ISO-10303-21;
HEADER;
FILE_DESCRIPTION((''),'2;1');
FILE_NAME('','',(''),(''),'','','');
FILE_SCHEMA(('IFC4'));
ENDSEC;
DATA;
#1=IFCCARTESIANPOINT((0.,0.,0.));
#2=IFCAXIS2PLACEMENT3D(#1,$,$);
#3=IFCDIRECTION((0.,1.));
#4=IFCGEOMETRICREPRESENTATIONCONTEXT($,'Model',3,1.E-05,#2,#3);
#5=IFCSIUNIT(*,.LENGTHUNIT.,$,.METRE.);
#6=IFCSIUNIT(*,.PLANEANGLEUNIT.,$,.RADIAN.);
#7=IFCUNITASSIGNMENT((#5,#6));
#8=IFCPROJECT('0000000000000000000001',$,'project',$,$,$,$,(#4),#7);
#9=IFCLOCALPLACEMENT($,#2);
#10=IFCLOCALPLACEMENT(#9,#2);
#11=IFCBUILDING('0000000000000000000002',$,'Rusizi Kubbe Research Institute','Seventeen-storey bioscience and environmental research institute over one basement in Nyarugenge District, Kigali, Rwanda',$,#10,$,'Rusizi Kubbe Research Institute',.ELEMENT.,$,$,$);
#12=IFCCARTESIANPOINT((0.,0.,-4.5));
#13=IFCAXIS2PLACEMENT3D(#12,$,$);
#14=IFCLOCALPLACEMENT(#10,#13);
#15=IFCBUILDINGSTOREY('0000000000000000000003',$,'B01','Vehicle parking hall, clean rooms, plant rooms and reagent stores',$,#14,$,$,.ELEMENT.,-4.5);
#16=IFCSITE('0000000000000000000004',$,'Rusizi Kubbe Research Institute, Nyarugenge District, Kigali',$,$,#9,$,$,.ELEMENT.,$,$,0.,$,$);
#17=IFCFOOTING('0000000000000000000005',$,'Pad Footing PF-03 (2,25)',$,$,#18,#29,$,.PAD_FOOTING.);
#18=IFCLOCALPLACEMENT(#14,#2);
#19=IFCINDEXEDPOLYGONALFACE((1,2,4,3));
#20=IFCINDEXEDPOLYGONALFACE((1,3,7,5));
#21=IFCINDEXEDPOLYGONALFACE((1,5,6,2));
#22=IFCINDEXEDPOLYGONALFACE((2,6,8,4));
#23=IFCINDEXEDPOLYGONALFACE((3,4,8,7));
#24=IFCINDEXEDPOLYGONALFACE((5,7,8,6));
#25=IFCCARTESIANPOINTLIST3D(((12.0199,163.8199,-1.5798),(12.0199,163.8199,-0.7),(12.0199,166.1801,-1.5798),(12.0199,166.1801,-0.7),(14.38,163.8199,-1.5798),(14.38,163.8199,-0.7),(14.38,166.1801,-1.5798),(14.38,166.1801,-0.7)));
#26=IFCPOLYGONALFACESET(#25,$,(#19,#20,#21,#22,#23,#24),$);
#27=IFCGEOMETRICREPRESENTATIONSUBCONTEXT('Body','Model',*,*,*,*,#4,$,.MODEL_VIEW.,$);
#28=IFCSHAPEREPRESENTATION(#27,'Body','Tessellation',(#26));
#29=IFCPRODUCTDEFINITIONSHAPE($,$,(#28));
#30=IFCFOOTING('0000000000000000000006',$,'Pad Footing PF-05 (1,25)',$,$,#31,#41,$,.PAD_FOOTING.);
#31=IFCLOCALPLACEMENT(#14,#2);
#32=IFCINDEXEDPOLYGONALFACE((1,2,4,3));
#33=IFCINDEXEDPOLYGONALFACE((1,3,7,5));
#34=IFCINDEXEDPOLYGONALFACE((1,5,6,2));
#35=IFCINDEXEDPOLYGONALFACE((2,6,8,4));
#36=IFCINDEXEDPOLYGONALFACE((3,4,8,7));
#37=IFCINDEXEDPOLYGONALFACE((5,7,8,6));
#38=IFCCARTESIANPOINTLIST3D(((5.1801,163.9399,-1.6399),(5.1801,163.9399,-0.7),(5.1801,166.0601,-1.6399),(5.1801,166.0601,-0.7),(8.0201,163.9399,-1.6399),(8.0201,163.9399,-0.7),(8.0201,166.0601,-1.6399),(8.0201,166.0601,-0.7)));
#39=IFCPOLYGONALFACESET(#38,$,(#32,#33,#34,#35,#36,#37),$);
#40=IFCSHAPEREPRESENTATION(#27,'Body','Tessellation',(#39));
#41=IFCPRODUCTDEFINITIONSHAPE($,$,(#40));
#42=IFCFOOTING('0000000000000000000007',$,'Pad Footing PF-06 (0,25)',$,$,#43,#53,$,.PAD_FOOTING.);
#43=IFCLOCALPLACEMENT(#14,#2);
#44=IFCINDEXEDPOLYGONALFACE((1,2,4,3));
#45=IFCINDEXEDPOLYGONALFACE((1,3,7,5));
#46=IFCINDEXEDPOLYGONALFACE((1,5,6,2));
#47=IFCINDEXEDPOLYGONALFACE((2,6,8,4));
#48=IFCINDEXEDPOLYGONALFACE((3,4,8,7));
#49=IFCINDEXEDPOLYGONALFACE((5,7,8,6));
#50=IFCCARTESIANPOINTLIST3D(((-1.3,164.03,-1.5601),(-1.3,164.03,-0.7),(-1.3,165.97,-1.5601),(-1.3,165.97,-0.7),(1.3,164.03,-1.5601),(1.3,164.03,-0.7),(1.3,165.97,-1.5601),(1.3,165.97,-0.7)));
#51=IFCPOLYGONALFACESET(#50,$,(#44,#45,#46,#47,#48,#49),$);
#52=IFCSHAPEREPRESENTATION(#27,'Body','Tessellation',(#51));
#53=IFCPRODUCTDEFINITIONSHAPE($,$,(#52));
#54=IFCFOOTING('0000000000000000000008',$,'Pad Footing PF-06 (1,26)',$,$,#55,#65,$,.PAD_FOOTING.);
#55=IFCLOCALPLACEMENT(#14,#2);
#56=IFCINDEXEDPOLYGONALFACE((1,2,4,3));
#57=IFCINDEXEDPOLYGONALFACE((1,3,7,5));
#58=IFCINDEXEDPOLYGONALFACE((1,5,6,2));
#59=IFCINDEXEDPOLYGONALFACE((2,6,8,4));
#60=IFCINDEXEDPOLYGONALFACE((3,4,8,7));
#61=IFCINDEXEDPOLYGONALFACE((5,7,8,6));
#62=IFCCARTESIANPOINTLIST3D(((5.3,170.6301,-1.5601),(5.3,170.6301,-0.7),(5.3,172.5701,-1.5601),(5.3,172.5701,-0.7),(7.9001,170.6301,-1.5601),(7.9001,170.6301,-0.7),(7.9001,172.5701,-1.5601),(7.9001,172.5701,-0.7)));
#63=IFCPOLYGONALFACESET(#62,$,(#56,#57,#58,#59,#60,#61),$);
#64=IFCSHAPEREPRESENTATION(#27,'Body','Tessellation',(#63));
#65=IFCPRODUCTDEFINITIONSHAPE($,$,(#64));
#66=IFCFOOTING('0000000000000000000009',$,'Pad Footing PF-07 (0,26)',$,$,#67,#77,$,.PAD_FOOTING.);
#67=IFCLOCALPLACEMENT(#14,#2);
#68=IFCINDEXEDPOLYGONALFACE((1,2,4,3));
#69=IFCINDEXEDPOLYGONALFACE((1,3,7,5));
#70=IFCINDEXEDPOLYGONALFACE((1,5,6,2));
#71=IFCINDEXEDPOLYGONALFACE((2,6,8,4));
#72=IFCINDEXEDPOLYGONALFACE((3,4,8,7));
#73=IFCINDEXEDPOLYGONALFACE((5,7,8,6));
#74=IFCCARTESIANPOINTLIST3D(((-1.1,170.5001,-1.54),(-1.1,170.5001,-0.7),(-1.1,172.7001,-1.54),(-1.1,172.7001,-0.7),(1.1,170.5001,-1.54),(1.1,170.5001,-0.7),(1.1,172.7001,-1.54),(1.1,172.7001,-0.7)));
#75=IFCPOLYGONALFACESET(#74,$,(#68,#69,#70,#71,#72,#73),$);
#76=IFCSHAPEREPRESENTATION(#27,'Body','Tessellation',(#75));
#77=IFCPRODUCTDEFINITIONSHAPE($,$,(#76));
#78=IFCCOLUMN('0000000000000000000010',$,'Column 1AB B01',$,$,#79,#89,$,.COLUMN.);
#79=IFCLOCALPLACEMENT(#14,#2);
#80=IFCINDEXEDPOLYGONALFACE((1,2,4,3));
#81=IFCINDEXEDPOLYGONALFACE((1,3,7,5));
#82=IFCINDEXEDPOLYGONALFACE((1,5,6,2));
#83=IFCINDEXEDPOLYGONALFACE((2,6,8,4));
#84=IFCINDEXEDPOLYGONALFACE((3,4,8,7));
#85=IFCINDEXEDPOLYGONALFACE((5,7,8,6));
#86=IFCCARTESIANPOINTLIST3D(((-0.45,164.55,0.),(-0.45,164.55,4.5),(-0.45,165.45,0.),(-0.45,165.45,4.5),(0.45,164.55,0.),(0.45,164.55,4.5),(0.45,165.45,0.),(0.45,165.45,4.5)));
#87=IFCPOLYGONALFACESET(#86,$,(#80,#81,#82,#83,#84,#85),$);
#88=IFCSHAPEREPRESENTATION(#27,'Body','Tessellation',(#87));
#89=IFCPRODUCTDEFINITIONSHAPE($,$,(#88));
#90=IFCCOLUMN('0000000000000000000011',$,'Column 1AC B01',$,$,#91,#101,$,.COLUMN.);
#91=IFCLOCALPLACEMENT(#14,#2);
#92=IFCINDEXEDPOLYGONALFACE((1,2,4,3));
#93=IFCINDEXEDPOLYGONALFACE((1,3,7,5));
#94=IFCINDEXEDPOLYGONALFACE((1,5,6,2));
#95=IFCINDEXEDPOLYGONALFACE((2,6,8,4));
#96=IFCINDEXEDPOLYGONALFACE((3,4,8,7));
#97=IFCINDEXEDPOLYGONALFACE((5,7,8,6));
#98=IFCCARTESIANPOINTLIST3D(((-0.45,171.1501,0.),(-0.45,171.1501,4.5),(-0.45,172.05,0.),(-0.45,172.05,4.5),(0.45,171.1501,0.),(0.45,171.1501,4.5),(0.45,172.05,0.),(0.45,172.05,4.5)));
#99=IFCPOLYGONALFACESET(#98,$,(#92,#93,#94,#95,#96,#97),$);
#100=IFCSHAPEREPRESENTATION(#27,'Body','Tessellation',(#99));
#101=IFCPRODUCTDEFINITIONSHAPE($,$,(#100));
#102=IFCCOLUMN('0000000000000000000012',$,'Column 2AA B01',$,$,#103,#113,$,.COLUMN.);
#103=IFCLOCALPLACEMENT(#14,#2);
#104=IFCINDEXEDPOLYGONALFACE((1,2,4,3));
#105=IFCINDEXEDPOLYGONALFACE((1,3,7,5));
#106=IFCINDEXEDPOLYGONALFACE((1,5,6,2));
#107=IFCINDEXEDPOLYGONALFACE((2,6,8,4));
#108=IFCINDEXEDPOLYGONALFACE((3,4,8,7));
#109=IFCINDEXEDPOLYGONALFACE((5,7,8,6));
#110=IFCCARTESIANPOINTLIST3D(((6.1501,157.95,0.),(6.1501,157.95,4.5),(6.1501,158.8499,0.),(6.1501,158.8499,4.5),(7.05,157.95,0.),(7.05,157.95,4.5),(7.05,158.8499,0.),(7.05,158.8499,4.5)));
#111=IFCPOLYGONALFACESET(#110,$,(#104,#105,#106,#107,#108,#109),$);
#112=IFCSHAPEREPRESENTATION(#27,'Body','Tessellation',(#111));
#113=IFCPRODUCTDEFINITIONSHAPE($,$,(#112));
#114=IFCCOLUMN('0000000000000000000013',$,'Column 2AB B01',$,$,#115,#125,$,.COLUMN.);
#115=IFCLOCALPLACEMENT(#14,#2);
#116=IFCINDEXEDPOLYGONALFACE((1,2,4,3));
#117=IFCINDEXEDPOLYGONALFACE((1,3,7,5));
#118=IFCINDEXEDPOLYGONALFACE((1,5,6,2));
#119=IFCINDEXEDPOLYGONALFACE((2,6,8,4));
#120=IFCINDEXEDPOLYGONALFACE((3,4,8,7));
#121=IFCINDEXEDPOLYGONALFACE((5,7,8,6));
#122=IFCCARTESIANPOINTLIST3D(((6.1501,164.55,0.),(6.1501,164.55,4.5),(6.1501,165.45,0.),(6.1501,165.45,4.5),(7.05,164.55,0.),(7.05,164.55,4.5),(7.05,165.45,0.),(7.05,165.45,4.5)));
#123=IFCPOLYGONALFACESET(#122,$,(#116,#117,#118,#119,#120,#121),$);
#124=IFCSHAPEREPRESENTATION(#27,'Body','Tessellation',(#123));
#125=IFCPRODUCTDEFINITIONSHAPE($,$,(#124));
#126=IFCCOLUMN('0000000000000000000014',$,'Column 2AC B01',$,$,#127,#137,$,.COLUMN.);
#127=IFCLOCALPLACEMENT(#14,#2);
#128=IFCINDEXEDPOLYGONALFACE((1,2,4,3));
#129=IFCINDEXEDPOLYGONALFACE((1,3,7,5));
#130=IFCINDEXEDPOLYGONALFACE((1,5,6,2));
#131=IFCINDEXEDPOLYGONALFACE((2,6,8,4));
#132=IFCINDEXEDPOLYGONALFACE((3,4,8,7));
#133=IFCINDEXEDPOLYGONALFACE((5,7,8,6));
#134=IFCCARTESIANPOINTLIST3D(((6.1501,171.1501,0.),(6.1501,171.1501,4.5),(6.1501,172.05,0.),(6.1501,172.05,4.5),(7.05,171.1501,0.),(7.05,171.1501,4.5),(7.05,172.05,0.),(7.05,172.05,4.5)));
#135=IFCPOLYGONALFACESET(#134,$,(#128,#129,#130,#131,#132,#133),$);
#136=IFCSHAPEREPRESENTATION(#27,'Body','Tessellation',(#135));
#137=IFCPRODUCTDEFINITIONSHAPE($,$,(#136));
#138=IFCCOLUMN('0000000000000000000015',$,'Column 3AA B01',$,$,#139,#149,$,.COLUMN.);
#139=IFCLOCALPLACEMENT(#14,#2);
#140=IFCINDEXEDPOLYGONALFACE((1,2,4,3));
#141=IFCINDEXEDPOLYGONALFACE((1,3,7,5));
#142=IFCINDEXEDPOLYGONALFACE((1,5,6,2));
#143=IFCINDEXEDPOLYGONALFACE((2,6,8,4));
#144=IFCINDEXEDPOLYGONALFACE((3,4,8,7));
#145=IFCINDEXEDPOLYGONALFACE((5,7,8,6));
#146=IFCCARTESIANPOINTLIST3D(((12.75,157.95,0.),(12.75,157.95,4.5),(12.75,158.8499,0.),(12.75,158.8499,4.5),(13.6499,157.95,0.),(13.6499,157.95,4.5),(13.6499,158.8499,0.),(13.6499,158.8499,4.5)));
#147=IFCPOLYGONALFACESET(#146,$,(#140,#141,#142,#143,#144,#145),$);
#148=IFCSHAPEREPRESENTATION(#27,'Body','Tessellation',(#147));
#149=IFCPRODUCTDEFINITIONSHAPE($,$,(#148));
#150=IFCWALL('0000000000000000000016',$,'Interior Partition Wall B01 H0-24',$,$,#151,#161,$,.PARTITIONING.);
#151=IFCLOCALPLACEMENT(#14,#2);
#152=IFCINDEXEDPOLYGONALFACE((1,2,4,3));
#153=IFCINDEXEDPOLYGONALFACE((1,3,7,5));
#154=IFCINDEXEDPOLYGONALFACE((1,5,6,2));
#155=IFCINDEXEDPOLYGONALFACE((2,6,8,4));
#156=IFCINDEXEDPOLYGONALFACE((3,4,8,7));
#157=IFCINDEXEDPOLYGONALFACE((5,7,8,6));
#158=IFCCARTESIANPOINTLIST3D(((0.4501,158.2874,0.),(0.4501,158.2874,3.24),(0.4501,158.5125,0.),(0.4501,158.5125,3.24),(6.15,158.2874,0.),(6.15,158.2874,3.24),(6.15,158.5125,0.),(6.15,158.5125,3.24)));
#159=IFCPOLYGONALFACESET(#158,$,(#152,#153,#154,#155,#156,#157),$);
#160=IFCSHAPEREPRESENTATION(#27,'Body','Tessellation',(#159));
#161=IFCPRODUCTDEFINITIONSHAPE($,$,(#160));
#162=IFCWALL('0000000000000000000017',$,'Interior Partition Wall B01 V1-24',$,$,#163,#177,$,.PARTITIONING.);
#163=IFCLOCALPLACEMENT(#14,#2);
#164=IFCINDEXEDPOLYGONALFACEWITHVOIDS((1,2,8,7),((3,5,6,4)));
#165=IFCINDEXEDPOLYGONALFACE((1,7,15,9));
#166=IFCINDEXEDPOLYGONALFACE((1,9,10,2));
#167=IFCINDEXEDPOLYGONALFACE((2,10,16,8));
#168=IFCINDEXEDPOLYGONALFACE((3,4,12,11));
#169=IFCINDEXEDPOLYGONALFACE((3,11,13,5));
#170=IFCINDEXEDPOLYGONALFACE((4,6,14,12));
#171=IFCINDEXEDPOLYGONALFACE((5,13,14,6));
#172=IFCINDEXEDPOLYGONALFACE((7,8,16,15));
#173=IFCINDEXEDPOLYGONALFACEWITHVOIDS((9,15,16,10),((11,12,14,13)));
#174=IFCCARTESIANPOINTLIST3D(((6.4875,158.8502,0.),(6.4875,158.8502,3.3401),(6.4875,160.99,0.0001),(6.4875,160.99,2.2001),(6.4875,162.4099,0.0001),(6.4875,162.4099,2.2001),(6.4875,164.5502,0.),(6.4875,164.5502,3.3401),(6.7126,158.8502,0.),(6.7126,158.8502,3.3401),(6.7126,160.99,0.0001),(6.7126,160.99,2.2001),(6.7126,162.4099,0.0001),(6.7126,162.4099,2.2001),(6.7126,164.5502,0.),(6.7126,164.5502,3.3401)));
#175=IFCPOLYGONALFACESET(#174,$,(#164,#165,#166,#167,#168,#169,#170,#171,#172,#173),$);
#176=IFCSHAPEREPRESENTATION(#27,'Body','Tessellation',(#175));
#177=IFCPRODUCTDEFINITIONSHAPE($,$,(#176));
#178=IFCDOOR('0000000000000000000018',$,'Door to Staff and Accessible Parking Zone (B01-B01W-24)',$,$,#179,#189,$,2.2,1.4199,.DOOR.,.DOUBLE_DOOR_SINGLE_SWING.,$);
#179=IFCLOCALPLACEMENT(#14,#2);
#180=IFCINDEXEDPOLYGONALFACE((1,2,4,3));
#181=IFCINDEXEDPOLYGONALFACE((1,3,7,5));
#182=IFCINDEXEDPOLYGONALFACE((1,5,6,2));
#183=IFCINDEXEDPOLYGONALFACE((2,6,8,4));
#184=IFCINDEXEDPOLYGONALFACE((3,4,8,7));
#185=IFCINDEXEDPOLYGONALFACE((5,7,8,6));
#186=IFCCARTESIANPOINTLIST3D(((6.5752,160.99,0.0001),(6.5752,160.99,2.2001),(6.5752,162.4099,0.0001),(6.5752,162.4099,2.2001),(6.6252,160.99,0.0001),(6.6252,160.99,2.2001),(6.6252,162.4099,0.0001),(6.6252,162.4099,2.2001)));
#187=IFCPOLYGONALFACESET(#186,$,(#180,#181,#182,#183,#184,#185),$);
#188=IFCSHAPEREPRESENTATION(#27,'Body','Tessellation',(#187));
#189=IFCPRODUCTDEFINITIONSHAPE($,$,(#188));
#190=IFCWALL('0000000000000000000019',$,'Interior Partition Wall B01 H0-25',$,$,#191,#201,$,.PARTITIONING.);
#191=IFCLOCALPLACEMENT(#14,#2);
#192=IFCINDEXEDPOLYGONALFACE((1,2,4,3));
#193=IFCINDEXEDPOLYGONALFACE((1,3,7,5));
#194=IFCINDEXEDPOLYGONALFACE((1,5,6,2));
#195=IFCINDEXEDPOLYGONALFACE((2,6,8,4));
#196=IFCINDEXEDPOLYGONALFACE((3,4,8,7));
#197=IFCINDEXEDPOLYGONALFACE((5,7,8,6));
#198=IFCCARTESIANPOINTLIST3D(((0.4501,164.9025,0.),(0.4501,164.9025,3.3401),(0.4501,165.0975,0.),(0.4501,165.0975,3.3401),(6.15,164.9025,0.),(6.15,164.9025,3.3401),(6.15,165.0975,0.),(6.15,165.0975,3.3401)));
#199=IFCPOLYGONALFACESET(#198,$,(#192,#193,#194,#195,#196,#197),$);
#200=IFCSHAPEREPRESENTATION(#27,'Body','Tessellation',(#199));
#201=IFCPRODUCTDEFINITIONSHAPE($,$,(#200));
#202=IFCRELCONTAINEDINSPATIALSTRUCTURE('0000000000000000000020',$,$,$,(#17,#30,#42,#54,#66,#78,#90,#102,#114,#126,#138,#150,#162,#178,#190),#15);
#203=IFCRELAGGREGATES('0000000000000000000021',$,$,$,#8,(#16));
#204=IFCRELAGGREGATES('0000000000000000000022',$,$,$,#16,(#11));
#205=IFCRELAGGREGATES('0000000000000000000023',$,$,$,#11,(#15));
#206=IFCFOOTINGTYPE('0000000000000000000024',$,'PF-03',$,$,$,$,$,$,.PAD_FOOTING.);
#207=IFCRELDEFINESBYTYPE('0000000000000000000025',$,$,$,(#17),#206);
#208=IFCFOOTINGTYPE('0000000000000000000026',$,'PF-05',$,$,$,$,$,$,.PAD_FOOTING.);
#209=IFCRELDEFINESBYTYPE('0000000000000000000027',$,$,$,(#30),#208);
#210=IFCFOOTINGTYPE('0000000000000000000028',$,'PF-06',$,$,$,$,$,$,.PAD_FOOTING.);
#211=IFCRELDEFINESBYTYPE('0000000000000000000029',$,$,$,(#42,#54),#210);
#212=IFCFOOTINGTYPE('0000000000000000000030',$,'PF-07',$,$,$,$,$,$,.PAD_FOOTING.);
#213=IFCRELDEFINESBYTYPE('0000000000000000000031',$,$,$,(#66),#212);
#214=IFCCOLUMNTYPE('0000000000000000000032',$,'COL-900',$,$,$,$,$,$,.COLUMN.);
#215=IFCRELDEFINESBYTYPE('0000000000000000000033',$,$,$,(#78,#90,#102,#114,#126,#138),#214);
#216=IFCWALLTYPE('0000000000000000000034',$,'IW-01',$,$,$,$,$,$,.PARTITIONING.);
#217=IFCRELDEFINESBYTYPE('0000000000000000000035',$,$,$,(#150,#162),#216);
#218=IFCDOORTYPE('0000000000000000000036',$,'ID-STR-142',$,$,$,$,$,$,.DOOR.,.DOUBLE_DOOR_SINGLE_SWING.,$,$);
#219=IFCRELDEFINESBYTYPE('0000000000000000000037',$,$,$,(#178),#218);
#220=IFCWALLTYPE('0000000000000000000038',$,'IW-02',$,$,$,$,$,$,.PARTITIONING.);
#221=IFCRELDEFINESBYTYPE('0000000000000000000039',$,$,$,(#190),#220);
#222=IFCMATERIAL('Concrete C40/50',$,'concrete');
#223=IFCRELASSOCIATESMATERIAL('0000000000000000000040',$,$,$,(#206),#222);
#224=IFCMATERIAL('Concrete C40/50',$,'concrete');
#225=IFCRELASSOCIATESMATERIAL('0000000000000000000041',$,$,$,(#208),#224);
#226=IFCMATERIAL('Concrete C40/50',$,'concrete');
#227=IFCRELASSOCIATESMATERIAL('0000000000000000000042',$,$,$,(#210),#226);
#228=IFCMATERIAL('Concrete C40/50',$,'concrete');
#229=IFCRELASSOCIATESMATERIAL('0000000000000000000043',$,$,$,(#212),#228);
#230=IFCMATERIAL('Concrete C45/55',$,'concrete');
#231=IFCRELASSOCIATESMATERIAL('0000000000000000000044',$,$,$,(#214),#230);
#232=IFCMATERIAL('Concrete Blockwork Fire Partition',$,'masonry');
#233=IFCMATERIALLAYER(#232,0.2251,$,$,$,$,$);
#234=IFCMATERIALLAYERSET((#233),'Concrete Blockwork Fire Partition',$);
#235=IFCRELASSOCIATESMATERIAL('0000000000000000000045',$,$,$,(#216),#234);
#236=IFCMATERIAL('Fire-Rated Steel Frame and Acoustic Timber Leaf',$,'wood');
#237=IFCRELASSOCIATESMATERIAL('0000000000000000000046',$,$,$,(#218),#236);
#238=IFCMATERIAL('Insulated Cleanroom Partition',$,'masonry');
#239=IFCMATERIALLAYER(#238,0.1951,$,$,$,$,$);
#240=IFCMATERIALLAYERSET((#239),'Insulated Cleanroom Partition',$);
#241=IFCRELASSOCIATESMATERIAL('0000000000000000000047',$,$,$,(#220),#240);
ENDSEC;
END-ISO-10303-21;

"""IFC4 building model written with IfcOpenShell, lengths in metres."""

from ifc_helpers import new_model, si_unit, direction, frame, frame_2d, origin, origin_2d, place, context, subcontext, project, spatial, rectangle, extrude, material, layer, layer_set, material_profile, profile_set, type_object, element, fill, save


model = new_model("IFC4")

# Units and contexts
model_context = context("Model", 3, precision=1e-05, world=origin(), true_north=direction((0.0, 1.0)))
body_context = subcontext(model_context, "Body", "Model", "MODEL_VIEW")
ifc_project = project(units=[si_unit("LENGTHUNIT", "METRE"), si_unit("PLANEANGLEUNIT", "RADIAN")], contexts=[model_context])

# Site, building, storey
site_placement = place(None, origin())
site = spatial("IfcSite", under=ifc_project, at=site_placement, Name="Rusizi Kubbe Research Institute, Nyarugenge District, Kigali", CompositionType="ELEMENT", RefElevation=0.0)
building_placement = place(site_placement, origin())
building = spatial("IfcBuilding", under=site, at=building_placement, Name="Rusizi Kubbe Research Institute", Description="Seventeen-storey bioscience and environmental research institute over one basement in Nyarugenge District, Kigali, Rwanda", LongName="Rusizi Kubbe Research Institute", CompositionType="ELEMENT")
storey_placement = place(building_placement, frame((0.0, 0.0, -4.5)))
storey = spatial("IfcBuildingStorey", under=building, at=storey_placement, Name="B01", Description="Vehicle parking hall, clean rooms, plant rooms and reagent stores", CompositionType="ELEMENT", Elevation=-4.5)

# Footings
ifc_material_1 = material(Name="Concrete C40/50", Category="concrete")
footing_type_1 = type_object("IfcFootingType", Name="PF-03", PredefinedType="PAD_FOOTING", material=ifc_material_1)
footing_1_placement = place(storey_placement, frame((13.2, 165.0, -1.5798), z_axis=(0.0, 0.0, 1.0), x_axis=(1.0, 0.0, 0.0)))
element("IfcFooting", 1, at=footing_1_placement, inside=storey, type_object=footing_type_1, Name="Pad Footing PF-03 (2,25)", PredefinedType="PAD_FOOTING", context=body_context, shape_type="SweptSolid", body=[
    extrude(rectangle(XDim=2.3601, YDim=2.3601, at=origin_2d()), origin(), (0.0, 0.0, 1.0), 0.8799),
])
ifc_material_2 = material(Name="Concrete C40/50", Category="concrete")
footing_type_2 = type_object("IfcFootingType", Name="PF-05", PredefinedType="PAD_FOOTING", material=ifc_material_2)
footing_2_placement = place(storey_placement, frame((6.6001, 165.0, -1.6399), z_axis=(0.0, 0.0, 1.0), x_axis=(1.0, 0.0, 0.0)))
element("IfcFooting", 2, at=footing_2_placement, inside=storey, type_object=footing_type_2, Name="Pad Footing PF-05 (1,25)", PredefinedType="PAD_FOOTING", context=body_context, shape_type="SweptSolid", body=[
    extrude(rectangle(XDim=2.8401, YDim=2.1201, at=origin_2d()), origin(), (0.0, 0.0, 1.0), 0.9399),
])
ifc_material_3 = material(Name="Concrete C40/50", Category="concrete")
footing_type_3 = type_object("IfcFootingType", Name="PF-06", PredefinedType="PAD_FOOTING", material=ifc_material_3)
for number, where, z_axis, x_axis, name in (
    (3, (0.0, 165.0, -1.5601), (0.0, 0.0, 1.0), (1.0, 0.0, 0.0), "Pad Footing PF-06 (0,25)"),
    (4, (6.6001, 171.6001, -1.5601), (0.0, 0.0, 1.0), (1.0, 0.0, 0.0), "Pad Footing PF-06 (1,26)"),
):
    element("IfcFooting", number, at=place(storey_placement, frame(where, z_axis=z_axis, x_axis=x_axis)), inside=storey, type_object=footing_type_3, Name=name, PredefinedType="PAD_FOOTING", context=body_context, shape_type="SweptSolid", body=[
        extrude(rectangle(XDim=2.6001, YDim=1.9399, at=origin_2d()), origin(), (0.0, 0.0, 1.0), 0.8601),
    ])
ifc_material_4 = material(Name="Concrete C40/50", Category="concrete")
footing_type_4 = type_object("IfcFootingType", Name="PF-07", PredefinedType="PAD_FOOTING", material=ifc_material_4)
footing_3_placement = place(storey_placement, frame((0.0, 171.6001, -1.54), z_axis=(0.0, 0.0, 1.0), x_axis=(1.0, 0.0, 0.0)))
element("IfcFooting", 5, at=footing_3_placement, inside=storey, type_object=footing_type_4, Name="Pad Footing PF-07 (0,26)", PredefinedType="PAD_FOOTING", context=body_context, shape_type="SweptSolid", body=[
    extrude(rectangle(XDim=2.2, YDim=2.2, at=origin_2d()), origin(), (0.0, 0.0, 1.0), 0.8401),
])

# Columns
ifc_material_5 = material(Name="Concrete C45/55", Category="concrete")
ifc_material_profile = material_profile(ifc_material_5, rectangle(XDim=0.8999, YDim=0.8999, at=origin_2d()), Name="RC900x900")
ifc_profile_set = profile_set([ifc_material_profile], Name="Concrete C45/55")
column_type = type_object("IfcColumnType", Name="COL-900", PredefinedType="COLUMN", material=ifc_profile_set)
for number, where, z_axis, x_axis, name in (
    (6, (0.0, 165.0, 0.0), (0.0, 0.0, 1.0), (1.0, 0.0, 0.0), "Column 1AB B01"),
    (7, (0.0, 171.6001, 0.0), (0.0, 0.0, 1.0), (1.0, 0.0, 0.0), "Column 1AC B01"),
    (8, (6.6001, 158.3999, 0.0), (0.0, 0.0, 1.0), (1.0, 0.0, 0.0), "Column 2AA B01"),
    (9, (6.6001, 165.0, 0.0), (0.0, 0.0, 1.0), (1.0, 0.0, 0.0), "Column 2AB B01"),
    (10, (6.6001, 171.6001, 0.0), (0.0, 0.0, 1.0), (1.0, 0.0, 0.0), "Column 2AC B01"),
    (11, (13.2, 158.3999, 0.0), (0.0, 0.0, 1.0), (1.0, 0.0, 0.0), "Column 3AA B01"),
):
    element("IfcColumn", number, at=place(storey_placement, frame(where, z_axis=z_axis, x_axis=x_axis)), inside=storey, type_object=column_type, Name=name, PredefinedType="COLUMN", context=body_context, shape_type="SweptSolid", body=[
        extrude(rectangle(XDim=0.8999, YDim=0.8999, at=origin_2d()), origin(), (0.0, 0.0, 1.0), 4.5),
    ])

# Wall
ifc_material_6 = material(Name="Concrete Blockwork Fire Partition", Category="masonry")
ifc_layer_1 = layer(ifc_material_6, 0.2251)
ifc_layer_set_1 = layer_set([ifc_layer_1], Name="Concrete Blockwork Fire Partition")
wall_type_1 = type_object("IfcWallType", Name="IW-01", PredefinedType="PARTITIONING", material=ifc_layer_set_1)
wall_1_placement = place(storey_placement, frame((0.45, 158.3999, 0.0), z_axis=(0.0, 0.0, 1.0), x_axis=(1.0, 0.0, 0.0)))
element("IfcWall", 12, at=wall_1_placement, inside=storey, type_object=wall_type_1, Name="Interior Partition Wall B01 H0-24", PredefinedType="PARTITIONING", context=body_context, shape_type="SweptSolid", body=[
    extrude(rectangle(XDim=5.7, YDim=0.2251, at=frame_2d((2.8501, 0.0))), origin(), (0.0, 0.0, 1.0), 3.24),
])

# Wall, opening, door
wall_2_placement = place(storey_placement, frame((6.6001, 158.8501, 0.0), z_axis=(0.0, 0.0, 1.0), x_axis=(0.0, 1.0, 0.0)))
wall_2 = element("IfcWall", 13, at=wall_2_placement, inside=storey, type_object=wall_type_1, Name="Interior Partition Wall B01 V1-24", PredefinedType="PARTITIONING", context=body_context, shape_type="SweptSolid", body=[
    extrude(rectangle(XDim=5.7, YDim=0.2251, at=frame_2d((2.8501, 0.0))), origin(), (0.0, 0.0, 1.0), 3.3401),
])
opening_1_placement = place(wall_2_placement, frame((2.1399, 0.0, 0.0)))
opening_1 = element("IfcOpeningElement", 14, at=opening_1_placement, cuts=wall_2, PredefinedType="OPENING", context=body_context, shape_type="SweptSolid", body=[
    extrude(rectangle(XDim=1.4199, YDim=2.2, at=frame_2d((0.71, 1.1001))), frame((0.0, 0.1226, 0.0), z_axis=(0.0, -1.0, 0.0), x_axis=(1.0, 0.0, 0.0)), (0.0, 0.0, 1.0), 0.2451),
])
ifc_material_7 = material(Name="Fire-Rated Steel Frame and Acoustic Timber Leaf", Category="wood")
door_type_1 = type_object("IfcDoorType", Name="ID-STR-142", OperationType="DOUBLE_DOOR_SINGLE_SWING", PredefinedType="DOOR", material=ifc_material_7)
door_1_placement = place(opening_1_placement, origin())
door_1 = element("IfcDoor", 15, at=door_1_placement, inside=storey, type_object=door_type_1, Name="Door to Staff and Accessible Parking Zone (B01-B01W-24)", OperationType="DOUBLE_DOOR_SINGLE_SWING", OverallHeight=2.2, OverallWidth=1.4199, PredefinedType="DOOR", context=body_context, shape_type="SweptSolid", body=[
    extrude(rectangle(XDim=1.4199, YDim=2.2, at=frame_2d((0.71, 1.1001))), frame((0.0, 0.0249, 0.0), z_axis=(0.0, -1.0, 0.0), x_axis=(1.0, 0.0, 0.0)), (0.0, 0.0, 1.0), 0.05),
])
fill(opening_1, door_1)

# Wall
ifc_material_8 = material(Name="Insulated Cleanroom Partition", Category="masonry")
ifc_layer_2 = layer(ifc_material_8, 0.1951)
ifc_layer_set_2 = layer_set([ifc_layer_2], Name="Insulated Cleanroom Partition")
wall_type_2 = type_object("IfcWallType", Name="IW-02", PredefinedType="PARTITIONING", material=ifc_layer_set_2)
wall_3_placement = place(storey_placement, frame((0.45, 165.0, 0.0), z_axis=(0.0, 0.0, 1.0), x_axis=(1.0, 0.0, 0.0)))
element("IfcWall", 16, at=wall_3_placement, inside=storey, type_object=wall_type_2, Name="Interior Partition Wall B01 H0-25", PredefinedType="PARTITIONING", context=body_context, shape_type="SweptSolid", body=[
    extrude(rectangle(XDim=5.7, YDim=0.1951, at=frame_2d((2.8501, 0.0))), origin(), (0.0, 0.0, 1.0), 3.3401),
])

save(model, "model.ifc")
